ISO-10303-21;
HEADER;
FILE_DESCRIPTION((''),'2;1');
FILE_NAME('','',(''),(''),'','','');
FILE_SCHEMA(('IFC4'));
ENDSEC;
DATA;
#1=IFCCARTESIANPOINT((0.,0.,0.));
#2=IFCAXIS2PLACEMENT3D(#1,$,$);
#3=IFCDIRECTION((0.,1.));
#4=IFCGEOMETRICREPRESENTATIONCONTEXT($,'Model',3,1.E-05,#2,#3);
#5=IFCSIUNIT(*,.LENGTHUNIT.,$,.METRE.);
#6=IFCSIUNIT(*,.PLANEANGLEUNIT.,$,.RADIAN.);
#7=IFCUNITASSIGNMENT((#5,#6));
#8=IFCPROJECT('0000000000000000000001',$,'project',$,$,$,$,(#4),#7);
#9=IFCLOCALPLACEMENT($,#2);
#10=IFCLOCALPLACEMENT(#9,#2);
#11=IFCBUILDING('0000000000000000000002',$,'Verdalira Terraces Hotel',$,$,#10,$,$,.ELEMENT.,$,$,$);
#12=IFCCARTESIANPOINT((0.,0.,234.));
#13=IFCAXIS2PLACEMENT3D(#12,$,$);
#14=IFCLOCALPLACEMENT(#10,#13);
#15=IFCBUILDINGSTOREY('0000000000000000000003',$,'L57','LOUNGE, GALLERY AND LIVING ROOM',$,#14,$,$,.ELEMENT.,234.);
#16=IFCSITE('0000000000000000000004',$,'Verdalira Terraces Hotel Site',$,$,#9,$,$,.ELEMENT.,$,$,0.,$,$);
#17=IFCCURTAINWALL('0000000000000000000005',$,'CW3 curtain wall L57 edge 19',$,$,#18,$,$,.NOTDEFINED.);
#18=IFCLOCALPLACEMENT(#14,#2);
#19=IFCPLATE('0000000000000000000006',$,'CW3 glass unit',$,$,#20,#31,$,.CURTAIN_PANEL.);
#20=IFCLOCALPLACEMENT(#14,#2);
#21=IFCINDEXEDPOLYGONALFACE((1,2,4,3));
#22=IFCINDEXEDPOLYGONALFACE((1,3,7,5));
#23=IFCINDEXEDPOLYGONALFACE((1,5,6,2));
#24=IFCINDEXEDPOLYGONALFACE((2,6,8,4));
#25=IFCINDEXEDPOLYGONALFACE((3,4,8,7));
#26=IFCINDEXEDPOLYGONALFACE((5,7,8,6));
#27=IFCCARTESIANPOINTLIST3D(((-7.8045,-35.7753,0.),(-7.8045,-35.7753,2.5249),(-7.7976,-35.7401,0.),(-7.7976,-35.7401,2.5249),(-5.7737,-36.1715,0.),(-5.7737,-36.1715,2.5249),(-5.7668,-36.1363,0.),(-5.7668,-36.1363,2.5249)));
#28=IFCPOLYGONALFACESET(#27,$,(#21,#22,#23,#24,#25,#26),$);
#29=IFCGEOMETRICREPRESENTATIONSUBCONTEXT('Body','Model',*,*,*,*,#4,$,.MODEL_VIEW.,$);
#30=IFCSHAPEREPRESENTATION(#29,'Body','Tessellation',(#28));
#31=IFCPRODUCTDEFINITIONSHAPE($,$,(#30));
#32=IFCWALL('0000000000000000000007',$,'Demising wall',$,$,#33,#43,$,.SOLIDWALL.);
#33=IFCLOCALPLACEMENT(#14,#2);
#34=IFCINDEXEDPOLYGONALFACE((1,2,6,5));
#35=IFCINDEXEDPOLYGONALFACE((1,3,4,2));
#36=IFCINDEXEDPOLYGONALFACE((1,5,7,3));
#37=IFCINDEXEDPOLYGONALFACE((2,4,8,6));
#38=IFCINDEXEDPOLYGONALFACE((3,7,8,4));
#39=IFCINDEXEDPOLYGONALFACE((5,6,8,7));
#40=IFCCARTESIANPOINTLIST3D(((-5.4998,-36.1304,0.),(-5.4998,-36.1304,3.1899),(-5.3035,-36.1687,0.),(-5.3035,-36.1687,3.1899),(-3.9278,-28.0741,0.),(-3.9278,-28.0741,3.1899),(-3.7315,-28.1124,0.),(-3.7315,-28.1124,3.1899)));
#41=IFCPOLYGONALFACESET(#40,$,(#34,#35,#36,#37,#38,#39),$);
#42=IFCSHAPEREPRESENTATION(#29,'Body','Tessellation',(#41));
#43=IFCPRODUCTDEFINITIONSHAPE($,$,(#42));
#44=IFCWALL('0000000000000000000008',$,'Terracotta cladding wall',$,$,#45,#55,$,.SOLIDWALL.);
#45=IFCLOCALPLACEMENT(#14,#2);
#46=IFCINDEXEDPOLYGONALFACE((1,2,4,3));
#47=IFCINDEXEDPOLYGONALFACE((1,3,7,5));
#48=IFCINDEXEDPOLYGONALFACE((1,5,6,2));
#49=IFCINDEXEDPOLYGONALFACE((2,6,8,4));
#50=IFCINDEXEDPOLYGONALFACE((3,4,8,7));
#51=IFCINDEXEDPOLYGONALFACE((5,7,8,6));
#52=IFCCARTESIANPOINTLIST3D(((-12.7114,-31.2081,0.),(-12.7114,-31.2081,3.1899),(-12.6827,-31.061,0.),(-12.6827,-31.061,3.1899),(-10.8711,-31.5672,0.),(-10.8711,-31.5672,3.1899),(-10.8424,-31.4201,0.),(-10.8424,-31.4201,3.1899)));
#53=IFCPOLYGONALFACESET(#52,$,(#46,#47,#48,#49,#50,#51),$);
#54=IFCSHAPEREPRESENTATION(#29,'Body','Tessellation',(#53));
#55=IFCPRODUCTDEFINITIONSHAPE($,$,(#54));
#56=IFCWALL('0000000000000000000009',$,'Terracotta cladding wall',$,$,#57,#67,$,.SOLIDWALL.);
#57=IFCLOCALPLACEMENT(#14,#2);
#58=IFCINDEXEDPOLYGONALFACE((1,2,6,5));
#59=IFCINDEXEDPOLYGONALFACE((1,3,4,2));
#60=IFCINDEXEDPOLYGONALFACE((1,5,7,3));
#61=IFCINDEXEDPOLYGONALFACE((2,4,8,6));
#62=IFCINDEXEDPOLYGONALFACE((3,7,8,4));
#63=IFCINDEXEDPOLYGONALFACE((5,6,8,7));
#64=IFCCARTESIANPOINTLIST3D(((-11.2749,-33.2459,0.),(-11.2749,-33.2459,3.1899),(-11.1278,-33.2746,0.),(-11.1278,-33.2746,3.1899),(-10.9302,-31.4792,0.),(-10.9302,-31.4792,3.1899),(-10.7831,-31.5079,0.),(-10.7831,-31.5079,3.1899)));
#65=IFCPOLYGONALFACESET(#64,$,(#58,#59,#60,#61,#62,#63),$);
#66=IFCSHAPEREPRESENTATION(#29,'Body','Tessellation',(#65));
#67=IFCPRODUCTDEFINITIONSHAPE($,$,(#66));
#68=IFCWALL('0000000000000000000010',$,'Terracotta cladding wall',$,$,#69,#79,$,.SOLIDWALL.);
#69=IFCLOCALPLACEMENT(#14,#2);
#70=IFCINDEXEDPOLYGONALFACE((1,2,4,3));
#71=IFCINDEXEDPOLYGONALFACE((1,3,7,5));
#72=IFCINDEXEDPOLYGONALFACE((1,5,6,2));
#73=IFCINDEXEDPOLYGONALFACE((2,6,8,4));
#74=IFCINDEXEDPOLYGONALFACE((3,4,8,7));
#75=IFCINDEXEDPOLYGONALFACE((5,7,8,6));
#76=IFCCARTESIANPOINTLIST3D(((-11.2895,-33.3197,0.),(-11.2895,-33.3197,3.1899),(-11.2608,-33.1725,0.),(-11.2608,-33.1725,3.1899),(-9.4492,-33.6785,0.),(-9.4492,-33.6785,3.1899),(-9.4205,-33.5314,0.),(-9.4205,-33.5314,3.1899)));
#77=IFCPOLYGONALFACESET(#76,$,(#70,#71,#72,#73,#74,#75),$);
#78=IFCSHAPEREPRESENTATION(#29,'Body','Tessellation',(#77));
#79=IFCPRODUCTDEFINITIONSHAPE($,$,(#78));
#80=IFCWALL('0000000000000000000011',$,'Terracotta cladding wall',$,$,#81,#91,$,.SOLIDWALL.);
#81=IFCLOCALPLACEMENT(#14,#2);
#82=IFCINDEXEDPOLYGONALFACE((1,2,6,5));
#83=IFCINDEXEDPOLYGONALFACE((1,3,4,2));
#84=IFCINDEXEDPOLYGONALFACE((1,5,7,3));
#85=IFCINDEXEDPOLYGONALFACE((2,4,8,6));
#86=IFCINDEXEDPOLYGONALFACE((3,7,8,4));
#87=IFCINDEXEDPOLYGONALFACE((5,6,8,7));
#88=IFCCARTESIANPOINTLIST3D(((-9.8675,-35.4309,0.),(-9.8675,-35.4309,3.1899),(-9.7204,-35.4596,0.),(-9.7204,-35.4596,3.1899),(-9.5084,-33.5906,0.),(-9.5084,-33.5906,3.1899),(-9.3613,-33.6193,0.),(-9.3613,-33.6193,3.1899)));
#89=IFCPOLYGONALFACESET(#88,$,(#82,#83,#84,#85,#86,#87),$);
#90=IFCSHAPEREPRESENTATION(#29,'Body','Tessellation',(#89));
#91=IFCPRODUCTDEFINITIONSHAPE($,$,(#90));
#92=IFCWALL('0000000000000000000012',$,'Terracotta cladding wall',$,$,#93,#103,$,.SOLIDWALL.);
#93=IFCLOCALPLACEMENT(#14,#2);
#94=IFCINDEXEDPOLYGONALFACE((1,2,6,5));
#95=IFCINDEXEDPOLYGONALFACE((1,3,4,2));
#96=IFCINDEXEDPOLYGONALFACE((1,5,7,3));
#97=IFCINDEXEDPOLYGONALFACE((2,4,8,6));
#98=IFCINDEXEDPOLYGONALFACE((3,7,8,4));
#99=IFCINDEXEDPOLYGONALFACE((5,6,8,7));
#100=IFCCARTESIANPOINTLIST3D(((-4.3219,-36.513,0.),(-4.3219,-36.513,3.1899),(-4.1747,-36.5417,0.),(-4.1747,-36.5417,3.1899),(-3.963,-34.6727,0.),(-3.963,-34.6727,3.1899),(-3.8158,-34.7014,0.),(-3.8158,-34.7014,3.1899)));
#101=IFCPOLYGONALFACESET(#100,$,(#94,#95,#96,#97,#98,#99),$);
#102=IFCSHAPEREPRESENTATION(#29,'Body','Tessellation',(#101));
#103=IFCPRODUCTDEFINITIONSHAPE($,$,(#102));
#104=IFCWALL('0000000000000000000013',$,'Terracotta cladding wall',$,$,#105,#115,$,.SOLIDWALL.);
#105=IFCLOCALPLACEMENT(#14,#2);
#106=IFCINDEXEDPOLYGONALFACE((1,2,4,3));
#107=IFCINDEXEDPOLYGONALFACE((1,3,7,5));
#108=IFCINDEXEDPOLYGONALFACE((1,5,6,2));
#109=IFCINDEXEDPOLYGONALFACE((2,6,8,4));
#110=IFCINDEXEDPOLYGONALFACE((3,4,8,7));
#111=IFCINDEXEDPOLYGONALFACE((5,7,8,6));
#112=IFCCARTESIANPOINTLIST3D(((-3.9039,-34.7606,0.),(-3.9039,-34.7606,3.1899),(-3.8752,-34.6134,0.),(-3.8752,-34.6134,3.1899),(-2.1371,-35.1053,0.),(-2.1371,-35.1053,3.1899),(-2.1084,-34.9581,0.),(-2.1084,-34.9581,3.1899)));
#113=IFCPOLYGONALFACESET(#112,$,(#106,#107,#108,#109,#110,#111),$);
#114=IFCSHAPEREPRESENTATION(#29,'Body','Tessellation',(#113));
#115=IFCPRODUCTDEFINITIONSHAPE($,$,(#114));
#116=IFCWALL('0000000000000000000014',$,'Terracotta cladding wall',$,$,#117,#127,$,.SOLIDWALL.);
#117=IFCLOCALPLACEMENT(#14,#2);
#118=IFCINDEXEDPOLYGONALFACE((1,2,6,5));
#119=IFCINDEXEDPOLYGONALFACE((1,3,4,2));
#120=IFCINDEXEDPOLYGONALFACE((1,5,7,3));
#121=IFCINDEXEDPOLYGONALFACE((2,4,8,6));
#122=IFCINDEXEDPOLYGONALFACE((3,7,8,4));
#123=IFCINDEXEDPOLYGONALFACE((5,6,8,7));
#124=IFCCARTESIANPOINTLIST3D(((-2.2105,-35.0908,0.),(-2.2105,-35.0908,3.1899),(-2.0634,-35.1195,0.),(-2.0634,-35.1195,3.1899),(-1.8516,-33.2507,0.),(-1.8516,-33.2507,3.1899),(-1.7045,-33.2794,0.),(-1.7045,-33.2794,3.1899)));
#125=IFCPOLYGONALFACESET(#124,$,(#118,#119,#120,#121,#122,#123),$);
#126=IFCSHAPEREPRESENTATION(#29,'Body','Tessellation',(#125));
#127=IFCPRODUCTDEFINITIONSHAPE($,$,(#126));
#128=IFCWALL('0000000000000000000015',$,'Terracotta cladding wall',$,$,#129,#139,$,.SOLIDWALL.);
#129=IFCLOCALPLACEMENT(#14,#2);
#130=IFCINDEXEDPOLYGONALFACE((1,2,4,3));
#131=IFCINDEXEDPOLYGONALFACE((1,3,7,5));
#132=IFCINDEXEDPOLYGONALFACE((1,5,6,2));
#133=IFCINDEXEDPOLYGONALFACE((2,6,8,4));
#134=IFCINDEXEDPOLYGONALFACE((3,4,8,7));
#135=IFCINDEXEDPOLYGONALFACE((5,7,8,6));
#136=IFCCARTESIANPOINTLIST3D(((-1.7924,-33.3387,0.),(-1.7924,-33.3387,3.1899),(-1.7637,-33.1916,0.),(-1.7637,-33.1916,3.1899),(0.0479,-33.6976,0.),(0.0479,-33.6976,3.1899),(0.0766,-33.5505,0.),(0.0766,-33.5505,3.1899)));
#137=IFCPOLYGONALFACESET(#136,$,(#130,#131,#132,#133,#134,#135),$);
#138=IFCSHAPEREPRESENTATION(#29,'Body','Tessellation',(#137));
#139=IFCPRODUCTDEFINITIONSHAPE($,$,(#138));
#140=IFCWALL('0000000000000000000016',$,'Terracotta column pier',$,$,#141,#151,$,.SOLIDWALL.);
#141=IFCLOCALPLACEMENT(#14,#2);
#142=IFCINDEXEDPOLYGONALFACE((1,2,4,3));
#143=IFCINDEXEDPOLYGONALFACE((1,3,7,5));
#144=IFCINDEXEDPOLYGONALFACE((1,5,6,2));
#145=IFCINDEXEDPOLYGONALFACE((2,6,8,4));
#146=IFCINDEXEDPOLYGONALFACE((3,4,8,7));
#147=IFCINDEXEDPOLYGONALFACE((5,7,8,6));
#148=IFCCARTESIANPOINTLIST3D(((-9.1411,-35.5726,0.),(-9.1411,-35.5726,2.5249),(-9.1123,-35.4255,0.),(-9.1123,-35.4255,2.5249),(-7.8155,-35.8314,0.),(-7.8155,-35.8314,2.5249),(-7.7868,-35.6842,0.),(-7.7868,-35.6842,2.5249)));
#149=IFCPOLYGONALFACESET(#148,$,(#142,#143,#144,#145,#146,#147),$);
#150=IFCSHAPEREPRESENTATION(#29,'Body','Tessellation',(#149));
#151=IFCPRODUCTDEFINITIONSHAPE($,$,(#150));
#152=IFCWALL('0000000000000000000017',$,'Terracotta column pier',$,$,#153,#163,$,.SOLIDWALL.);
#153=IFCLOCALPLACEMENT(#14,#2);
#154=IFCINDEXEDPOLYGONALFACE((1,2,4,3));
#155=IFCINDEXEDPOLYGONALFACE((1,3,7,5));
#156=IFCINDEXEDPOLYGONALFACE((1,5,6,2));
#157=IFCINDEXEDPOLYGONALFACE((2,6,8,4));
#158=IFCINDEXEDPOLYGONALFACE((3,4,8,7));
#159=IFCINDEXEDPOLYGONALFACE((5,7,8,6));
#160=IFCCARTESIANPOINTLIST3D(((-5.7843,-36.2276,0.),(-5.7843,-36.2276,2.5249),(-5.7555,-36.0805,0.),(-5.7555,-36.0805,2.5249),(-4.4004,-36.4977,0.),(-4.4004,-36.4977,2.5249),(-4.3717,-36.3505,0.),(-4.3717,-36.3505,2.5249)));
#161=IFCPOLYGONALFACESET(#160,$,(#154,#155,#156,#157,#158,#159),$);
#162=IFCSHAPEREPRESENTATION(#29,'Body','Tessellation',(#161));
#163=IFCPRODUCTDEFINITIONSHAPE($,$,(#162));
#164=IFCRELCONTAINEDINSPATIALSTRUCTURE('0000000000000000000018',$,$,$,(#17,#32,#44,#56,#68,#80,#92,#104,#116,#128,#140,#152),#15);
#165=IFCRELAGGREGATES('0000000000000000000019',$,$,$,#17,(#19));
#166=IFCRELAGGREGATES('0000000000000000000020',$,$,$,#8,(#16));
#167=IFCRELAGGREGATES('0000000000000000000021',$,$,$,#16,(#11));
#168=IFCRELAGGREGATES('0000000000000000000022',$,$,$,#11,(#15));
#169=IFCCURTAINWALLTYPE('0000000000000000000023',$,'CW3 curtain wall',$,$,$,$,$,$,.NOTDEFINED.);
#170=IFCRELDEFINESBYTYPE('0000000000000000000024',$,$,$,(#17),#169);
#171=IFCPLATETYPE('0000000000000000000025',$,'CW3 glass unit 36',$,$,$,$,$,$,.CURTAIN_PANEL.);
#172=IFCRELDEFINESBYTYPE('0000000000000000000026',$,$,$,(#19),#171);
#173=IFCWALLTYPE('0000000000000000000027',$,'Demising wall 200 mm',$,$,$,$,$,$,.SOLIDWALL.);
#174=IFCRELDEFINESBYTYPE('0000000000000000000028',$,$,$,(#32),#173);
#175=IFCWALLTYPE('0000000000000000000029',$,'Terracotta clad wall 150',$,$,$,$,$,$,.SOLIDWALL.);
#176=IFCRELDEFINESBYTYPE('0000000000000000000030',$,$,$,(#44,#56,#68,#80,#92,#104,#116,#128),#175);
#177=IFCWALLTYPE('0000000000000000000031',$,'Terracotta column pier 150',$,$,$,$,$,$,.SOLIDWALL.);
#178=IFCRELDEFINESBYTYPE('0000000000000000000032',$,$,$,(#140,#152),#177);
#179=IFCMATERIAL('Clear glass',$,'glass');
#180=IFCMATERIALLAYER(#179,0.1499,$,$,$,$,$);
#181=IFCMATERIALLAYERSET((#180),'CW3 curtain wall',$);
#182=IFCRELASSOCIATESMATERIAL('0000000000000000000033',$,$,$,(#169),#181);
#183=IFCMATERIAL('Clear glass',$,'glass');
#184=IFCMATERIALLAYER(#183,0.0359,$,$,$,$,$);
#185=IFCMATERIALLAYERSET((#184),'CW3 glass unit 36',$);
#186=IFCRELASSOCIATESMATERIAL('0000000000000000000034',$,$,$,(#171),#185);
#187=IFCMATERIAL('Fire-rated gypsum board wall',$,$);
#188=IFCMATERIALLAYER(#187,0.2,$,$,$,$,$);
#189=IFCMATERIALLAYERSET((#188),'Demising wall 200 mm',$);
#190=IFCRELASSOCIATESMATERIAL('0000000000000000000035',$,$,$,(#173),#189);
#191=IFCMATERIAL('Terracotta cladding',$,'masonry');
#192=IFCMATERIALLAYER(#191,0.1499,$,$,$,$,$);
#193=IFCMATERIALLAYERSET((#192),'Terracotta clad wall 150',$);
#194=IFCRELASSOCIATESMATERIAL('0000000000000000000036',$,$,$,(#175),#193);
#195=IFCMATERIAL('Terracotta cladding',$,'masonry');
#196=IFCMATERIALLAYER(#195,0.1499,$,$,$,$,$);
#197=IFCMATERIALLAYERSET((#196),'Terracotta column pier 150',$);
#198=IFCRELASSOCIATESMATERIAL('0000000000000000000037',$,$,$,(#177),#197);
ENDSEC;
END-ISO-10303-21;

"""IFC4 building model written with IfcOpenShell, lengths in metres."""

from ifc_helpers import new_model, si_unit, direction, frame, frame_2d, origin, origin_2d, place, context, subcontext, project, spatial, rectangle, extrude, material, layer, layer_set, type_object, element, aggregate, save


model = new_model("IFC4")

# Units and contexts
model_context = context("Model", 3, precision=1e-05, world=origin(), true_north=direction((0.0, 1.0)))
body_context = subcontext(model_context, "Body", "Model", "MODEL_VIEW")
ifc_project = project(units=[si_unit("LENGTHUNIT", "METRE"), si_unit("PLANEANGLEUNIT", "RADIAN")], contexts=[model_context])

# Site, building, storey
site_placement = place(None, origin())
site = spatial("IfcSite", under=ifc_project, at=site_placement, Name="Verdalira Terraces Hotel Site", CompositionType="ELEMENT", RefElevation=0.0)
building_placement = place(site_placement, origin())
building = spatial("IfcBuilding", under=site, at=building_placement, Name="Verdalira Terraces Hotel", CompositionType="ELEMENT")
storey_placement = place(building_placement, frame((0.0, 0.0, 234.0)))
storey = spatial("IfcBuildingStorey", under=building, at=storey_placement, Name="L57", Description="LOUNGE, GALLERY AND LIVING ROOM", CompositionType="ELEMENT", Elevation=234.0)

# Curtain wall
ifc_material_1 = material(Name="Clear glass", Category="glass")
ifc_layer_1 = layer(ifc_material_1, 0.1499)
ifc_layer_set_1 = layer_set([ifc_layer_1], Name="CW3 curtain wall")
curtain_wall_type_1 = type_object("IfcCurtainWallType", Name="CW3 curtain wall", PredefinedType="NOTDEFINED", material=ifc_layer_set_1)
curtain_wall_1_placement = place(storey_placement, origin())
curtain_wall_1 = element("IfcCurtainWall", 1, at=curtain_wall_1_placement, inside=storey, type_object=curtain_wall_type_1, Name="CW3 curtain wall L57 edge 19", PredefinedType="NOTDEFINED")

# Plate
ifc_material_2 = material(Name="Clear glass", Category="glass")
ifc_layer_2 = layer(ifc_material_2, 0.0359)
ifc_layer_set_2 = layer_set([ifc_layer_2], Name="CW3 glass unit 36")
plate_type = type_object("IfcPlateType", Name="CW3 glass unit 36", PredefinedType="CURTAIN_PANEL", material=ifc_layer_set_2)
plate_1_placement = place(storey_placement, frame((-6.7856, -35.9558, 0.0), z_axis=(0.0, 0.0, 1.0), x_axis=(0.981494, -0.191494, 0.0)))
plate_1 = element("IfcPlate", 2, at=plate_1_placement, type_object=plate_type, Name="CW3 glass unit", PredefinedType="CURTAIN_PANEL", context=body_context, shape_type="SweptSolid", body=[
    extrude(rectangle(XDim=2.0691, YDim=0.0359, at=origin_2d()), origin(), (0.0, 0.0, 1.0), 2.5249),
])
aggregate(curtain_wall_1, [plate_1])

# Walls
ifc_material_3 = material(Name="Fire-rated gypsum board wall")
ifc_layer_3 = layer(ifc_material_3, 0.2)
ifc_layer_set_3 = layer_set([ifc_layer_3], Name="Demising wall 200 mm")
wall_type_1 = type_object("IfcWallType", Name="Demising wall 200 mm", PredefinedType="SOLIDWALL", material=ifc_layer_set_3)
wall_1_placement = place(storey_placement, frame((-5.4016, -36.1494, 0.0), z_axis=(0.0, 0.0, 1.0), x_axis=(0.191515, 0.98149, 0.0)))
element("IfcWall", 3, at=wall_1_placement, inside=storey, type_object=wall_type_1, Name="Demising wall", PredefinedType="SOLIDWALL", context=body_context, shape_type="SweptSolid", body=[
    extrude(rectangle(XDim=8.2083, YDim=0.2, at=frame_2d((4.104, 0.0))), origin(), (0.0, 0.0, 1.0), 3.1899),
])
ifc_material_4 = material(Name="Terracotta cladding", Category="masonry")
ifc_layer_4 = layer(ifc_material_4, 0.1499)
ifc_layer_set_4 = layer_set([ifc_layer_4], Name="Terracotta clad wall 150")
wall_type_2 = type_object("IfcWallType", Name="Terracotta clad wall 150", PredefinedType="SOLIDWALL", material=ifc_layer_set_4)
wall_2_placement = place(storey_placement, frame((-12.697, -31.1345, 0.0), z_axis=(0.0, 0.0, 1.0), x_axis=(0.981486, -0.191532, 0.0)))
element("IfcWall", 4, at=wall_2_placement, inside=storey, type_object=wall_type_2, Name="Terracotta cladding wall", PredefinedType="SOLIDWALL", context=body_context, shape_type="SweptSolid", body=[
    extrude(rectangle(XDim=1.875, YDim=0.1499, at=frame_2d((0.9375, 0.0))), origin(), (0.0, 0.0, 1.0), 3.1899),
])
wall_3_placement = place(storey_placement, frame((-10.8567, -31.4937, 0.0), z_axis=(0.0, 0.0, 1.0), x_axis=(-0.191498, -0.981493, 0.0)))
element("IfcWall", 5, at=wall_3_placement, inside=storey, type_object=wall_type_2, Name="Terracotta cladding wall", PredefinedType="SOLIDWALL", context=body_context, shape_type="SweptSolid", body=[
    extrude(rectangle(XDim=1.8, YDim=0.1499, at=frame_2d((0.8999, 0.0))), origin(), (0.0, 0.0, 1.0), 3.1899),
])
for number, where, z_axis, x_axis, name in (
    (6, (-11.2751, -33.2461, 0.0), (0.0, 0.0, 1.0), (0.981511, -0.191406, 0.0), "Terracotta cladding wall"),
    (7, (-9.4348, -33.605, 0.0), (0.0, 0.0, 1.0), (-0.191532, -0.981486, 0.0), "Terracotta cladding wall"),
    (8, (-4.2483, -36.5273, 0.0), (0.0, 0.0, 1.0), (0.191406, 0.981511, 0.0), "Terracotta cladding wall"),
):
    element("IfcWall", number, at=place(storey_placement, frame(where, z_axis=z_axis, x_axis=x_axis)), inside=storey, type_object=wall_type_2, Name=name, PredefinedType="SOLIDWALL", context=body_context, shape_type="SweptSolid", body=[
        extrude(rectangle(XDim=1.875, YDim=0.1499, at=frame_2d((0.9375, 0.0))), origin(), (0.0, 0.0, 1.0), 3.1899),
    ])
wall_4_placement = place(storey_placement, frame((-3.8894, -34.687, 0.0), z_axis=(0.0, 0.0, 1.0), x_axis=(0.981493, -0.191498, 0.0)))
element("IfcWall", 9, at=wall_4_placement, inside=storey, type_object=wall_type_2, Name="Terracotta cladding wall", PredefinedType="SOLIDWALL", context=body_context, shape_type="SweptSolid", body=[
    extrude(rectangle(XDim=1.8, YDim=0.1499, at=frame_2d((0.8999, 0.0))), origin(), (0.0, 0.0, 1.0), 3.1899),
])
wall_5_placement = place(storey_placement, frame((-2.137, -35.1052, 0.0), z_axis=(0.0, 0.0, 1.0), x_axis=(0.191431, 0.981506, 0.0)))
element("IfcWall", 10, at=wall_5_placement, inside=storey, type_object=wall_type_2, Name="Terracotta cladding wall", PredefinedType="SOLIDWALL", context=body_context, shape_type="SweptSolid", body=[
    extrude(rectangle(XDim=1.8748, YDim=0.1499, at=frame_2d((0.9375, 0.0))), origin(), (0.0, 0.0, 1.0), 3.1899),
])
wall_6_placement = place(storey_placement, frame((-1.7781, -33.2651, 0.0), z_axis=(0.0, 0.0, 1.0), x_axis=(0.981511, -0.191406, 0.0)))
element("IfcWall", 11, at=wall_6_placement, inside=storey, type_object=wall_type_2, Name="Terracotta cladding wall", PredefinedType="SOLIDWALL", context=body_context, shape_type="SweptSolid", body=[
    extrude(rectangle(XDim=1.875, YDim=0.1499, at=frame_2d((0.9375, 0.0))), origin(), (0.0, 0.0, 1.0), 3.1899),
])
ifc_material_5 = material(Name="Terracotta cladding", Category="masonry")
ifc_layer_5 = layer(ifc_material_5, 0.1499)
ifc_layer_set_5 = layer_set([ifc_layer_5], Name="Terracotta column pier 150")
wall_type_3 = type_object("IfcWallType", Name="Terracotta column pier 150", PredefinedType="SOLIDWALL", material=ifc_layer_set_5)
wall_7_placement = place(storey_placement, frame((-9.1267, -35.499, 0.0), z_axis=(0.0, 0.0, 1.0), x_axis=(0.981474, -0.191595, 0.0)))
element("IfcWall", 12, at=wall_7_placement, inside=storey, type_object=wall_type_3, Name="Terracotta column pier", PredefinedType="SOLIDWALL", context=body_context, shape_type="SweptSolid", body=[
    extrude(rectangle(XDim=1.3506, YDim=0.1499, at=frame_2d((0.6753, 0.0))), origin(), (0.0, 0.0, 1.0), 2.5249),
])
wall_8_placement = place(storey_placement, frame((-5.77, -36.1541, 0.0), z_axis=(0.0, 0.0, 1.0), x_axis=(0.981489, -0.191518, 0.0)))
element("IfcWall", 13, at=wall_8_placement, inside=storey, type_object=wall_type_3, Name="Terracotta column pier", PredefinedType="SOLIDWALL", context=body_context, shape_type="SweptSolid", body=[
    extrude(rectangle(XDim=1.4099, YDim=0.1499, at=frame_2d((0.7051, 0.0))), origin(), (0.0, 0.0, 1.0), 2.5249),
])

save(model, "model.ifc")
